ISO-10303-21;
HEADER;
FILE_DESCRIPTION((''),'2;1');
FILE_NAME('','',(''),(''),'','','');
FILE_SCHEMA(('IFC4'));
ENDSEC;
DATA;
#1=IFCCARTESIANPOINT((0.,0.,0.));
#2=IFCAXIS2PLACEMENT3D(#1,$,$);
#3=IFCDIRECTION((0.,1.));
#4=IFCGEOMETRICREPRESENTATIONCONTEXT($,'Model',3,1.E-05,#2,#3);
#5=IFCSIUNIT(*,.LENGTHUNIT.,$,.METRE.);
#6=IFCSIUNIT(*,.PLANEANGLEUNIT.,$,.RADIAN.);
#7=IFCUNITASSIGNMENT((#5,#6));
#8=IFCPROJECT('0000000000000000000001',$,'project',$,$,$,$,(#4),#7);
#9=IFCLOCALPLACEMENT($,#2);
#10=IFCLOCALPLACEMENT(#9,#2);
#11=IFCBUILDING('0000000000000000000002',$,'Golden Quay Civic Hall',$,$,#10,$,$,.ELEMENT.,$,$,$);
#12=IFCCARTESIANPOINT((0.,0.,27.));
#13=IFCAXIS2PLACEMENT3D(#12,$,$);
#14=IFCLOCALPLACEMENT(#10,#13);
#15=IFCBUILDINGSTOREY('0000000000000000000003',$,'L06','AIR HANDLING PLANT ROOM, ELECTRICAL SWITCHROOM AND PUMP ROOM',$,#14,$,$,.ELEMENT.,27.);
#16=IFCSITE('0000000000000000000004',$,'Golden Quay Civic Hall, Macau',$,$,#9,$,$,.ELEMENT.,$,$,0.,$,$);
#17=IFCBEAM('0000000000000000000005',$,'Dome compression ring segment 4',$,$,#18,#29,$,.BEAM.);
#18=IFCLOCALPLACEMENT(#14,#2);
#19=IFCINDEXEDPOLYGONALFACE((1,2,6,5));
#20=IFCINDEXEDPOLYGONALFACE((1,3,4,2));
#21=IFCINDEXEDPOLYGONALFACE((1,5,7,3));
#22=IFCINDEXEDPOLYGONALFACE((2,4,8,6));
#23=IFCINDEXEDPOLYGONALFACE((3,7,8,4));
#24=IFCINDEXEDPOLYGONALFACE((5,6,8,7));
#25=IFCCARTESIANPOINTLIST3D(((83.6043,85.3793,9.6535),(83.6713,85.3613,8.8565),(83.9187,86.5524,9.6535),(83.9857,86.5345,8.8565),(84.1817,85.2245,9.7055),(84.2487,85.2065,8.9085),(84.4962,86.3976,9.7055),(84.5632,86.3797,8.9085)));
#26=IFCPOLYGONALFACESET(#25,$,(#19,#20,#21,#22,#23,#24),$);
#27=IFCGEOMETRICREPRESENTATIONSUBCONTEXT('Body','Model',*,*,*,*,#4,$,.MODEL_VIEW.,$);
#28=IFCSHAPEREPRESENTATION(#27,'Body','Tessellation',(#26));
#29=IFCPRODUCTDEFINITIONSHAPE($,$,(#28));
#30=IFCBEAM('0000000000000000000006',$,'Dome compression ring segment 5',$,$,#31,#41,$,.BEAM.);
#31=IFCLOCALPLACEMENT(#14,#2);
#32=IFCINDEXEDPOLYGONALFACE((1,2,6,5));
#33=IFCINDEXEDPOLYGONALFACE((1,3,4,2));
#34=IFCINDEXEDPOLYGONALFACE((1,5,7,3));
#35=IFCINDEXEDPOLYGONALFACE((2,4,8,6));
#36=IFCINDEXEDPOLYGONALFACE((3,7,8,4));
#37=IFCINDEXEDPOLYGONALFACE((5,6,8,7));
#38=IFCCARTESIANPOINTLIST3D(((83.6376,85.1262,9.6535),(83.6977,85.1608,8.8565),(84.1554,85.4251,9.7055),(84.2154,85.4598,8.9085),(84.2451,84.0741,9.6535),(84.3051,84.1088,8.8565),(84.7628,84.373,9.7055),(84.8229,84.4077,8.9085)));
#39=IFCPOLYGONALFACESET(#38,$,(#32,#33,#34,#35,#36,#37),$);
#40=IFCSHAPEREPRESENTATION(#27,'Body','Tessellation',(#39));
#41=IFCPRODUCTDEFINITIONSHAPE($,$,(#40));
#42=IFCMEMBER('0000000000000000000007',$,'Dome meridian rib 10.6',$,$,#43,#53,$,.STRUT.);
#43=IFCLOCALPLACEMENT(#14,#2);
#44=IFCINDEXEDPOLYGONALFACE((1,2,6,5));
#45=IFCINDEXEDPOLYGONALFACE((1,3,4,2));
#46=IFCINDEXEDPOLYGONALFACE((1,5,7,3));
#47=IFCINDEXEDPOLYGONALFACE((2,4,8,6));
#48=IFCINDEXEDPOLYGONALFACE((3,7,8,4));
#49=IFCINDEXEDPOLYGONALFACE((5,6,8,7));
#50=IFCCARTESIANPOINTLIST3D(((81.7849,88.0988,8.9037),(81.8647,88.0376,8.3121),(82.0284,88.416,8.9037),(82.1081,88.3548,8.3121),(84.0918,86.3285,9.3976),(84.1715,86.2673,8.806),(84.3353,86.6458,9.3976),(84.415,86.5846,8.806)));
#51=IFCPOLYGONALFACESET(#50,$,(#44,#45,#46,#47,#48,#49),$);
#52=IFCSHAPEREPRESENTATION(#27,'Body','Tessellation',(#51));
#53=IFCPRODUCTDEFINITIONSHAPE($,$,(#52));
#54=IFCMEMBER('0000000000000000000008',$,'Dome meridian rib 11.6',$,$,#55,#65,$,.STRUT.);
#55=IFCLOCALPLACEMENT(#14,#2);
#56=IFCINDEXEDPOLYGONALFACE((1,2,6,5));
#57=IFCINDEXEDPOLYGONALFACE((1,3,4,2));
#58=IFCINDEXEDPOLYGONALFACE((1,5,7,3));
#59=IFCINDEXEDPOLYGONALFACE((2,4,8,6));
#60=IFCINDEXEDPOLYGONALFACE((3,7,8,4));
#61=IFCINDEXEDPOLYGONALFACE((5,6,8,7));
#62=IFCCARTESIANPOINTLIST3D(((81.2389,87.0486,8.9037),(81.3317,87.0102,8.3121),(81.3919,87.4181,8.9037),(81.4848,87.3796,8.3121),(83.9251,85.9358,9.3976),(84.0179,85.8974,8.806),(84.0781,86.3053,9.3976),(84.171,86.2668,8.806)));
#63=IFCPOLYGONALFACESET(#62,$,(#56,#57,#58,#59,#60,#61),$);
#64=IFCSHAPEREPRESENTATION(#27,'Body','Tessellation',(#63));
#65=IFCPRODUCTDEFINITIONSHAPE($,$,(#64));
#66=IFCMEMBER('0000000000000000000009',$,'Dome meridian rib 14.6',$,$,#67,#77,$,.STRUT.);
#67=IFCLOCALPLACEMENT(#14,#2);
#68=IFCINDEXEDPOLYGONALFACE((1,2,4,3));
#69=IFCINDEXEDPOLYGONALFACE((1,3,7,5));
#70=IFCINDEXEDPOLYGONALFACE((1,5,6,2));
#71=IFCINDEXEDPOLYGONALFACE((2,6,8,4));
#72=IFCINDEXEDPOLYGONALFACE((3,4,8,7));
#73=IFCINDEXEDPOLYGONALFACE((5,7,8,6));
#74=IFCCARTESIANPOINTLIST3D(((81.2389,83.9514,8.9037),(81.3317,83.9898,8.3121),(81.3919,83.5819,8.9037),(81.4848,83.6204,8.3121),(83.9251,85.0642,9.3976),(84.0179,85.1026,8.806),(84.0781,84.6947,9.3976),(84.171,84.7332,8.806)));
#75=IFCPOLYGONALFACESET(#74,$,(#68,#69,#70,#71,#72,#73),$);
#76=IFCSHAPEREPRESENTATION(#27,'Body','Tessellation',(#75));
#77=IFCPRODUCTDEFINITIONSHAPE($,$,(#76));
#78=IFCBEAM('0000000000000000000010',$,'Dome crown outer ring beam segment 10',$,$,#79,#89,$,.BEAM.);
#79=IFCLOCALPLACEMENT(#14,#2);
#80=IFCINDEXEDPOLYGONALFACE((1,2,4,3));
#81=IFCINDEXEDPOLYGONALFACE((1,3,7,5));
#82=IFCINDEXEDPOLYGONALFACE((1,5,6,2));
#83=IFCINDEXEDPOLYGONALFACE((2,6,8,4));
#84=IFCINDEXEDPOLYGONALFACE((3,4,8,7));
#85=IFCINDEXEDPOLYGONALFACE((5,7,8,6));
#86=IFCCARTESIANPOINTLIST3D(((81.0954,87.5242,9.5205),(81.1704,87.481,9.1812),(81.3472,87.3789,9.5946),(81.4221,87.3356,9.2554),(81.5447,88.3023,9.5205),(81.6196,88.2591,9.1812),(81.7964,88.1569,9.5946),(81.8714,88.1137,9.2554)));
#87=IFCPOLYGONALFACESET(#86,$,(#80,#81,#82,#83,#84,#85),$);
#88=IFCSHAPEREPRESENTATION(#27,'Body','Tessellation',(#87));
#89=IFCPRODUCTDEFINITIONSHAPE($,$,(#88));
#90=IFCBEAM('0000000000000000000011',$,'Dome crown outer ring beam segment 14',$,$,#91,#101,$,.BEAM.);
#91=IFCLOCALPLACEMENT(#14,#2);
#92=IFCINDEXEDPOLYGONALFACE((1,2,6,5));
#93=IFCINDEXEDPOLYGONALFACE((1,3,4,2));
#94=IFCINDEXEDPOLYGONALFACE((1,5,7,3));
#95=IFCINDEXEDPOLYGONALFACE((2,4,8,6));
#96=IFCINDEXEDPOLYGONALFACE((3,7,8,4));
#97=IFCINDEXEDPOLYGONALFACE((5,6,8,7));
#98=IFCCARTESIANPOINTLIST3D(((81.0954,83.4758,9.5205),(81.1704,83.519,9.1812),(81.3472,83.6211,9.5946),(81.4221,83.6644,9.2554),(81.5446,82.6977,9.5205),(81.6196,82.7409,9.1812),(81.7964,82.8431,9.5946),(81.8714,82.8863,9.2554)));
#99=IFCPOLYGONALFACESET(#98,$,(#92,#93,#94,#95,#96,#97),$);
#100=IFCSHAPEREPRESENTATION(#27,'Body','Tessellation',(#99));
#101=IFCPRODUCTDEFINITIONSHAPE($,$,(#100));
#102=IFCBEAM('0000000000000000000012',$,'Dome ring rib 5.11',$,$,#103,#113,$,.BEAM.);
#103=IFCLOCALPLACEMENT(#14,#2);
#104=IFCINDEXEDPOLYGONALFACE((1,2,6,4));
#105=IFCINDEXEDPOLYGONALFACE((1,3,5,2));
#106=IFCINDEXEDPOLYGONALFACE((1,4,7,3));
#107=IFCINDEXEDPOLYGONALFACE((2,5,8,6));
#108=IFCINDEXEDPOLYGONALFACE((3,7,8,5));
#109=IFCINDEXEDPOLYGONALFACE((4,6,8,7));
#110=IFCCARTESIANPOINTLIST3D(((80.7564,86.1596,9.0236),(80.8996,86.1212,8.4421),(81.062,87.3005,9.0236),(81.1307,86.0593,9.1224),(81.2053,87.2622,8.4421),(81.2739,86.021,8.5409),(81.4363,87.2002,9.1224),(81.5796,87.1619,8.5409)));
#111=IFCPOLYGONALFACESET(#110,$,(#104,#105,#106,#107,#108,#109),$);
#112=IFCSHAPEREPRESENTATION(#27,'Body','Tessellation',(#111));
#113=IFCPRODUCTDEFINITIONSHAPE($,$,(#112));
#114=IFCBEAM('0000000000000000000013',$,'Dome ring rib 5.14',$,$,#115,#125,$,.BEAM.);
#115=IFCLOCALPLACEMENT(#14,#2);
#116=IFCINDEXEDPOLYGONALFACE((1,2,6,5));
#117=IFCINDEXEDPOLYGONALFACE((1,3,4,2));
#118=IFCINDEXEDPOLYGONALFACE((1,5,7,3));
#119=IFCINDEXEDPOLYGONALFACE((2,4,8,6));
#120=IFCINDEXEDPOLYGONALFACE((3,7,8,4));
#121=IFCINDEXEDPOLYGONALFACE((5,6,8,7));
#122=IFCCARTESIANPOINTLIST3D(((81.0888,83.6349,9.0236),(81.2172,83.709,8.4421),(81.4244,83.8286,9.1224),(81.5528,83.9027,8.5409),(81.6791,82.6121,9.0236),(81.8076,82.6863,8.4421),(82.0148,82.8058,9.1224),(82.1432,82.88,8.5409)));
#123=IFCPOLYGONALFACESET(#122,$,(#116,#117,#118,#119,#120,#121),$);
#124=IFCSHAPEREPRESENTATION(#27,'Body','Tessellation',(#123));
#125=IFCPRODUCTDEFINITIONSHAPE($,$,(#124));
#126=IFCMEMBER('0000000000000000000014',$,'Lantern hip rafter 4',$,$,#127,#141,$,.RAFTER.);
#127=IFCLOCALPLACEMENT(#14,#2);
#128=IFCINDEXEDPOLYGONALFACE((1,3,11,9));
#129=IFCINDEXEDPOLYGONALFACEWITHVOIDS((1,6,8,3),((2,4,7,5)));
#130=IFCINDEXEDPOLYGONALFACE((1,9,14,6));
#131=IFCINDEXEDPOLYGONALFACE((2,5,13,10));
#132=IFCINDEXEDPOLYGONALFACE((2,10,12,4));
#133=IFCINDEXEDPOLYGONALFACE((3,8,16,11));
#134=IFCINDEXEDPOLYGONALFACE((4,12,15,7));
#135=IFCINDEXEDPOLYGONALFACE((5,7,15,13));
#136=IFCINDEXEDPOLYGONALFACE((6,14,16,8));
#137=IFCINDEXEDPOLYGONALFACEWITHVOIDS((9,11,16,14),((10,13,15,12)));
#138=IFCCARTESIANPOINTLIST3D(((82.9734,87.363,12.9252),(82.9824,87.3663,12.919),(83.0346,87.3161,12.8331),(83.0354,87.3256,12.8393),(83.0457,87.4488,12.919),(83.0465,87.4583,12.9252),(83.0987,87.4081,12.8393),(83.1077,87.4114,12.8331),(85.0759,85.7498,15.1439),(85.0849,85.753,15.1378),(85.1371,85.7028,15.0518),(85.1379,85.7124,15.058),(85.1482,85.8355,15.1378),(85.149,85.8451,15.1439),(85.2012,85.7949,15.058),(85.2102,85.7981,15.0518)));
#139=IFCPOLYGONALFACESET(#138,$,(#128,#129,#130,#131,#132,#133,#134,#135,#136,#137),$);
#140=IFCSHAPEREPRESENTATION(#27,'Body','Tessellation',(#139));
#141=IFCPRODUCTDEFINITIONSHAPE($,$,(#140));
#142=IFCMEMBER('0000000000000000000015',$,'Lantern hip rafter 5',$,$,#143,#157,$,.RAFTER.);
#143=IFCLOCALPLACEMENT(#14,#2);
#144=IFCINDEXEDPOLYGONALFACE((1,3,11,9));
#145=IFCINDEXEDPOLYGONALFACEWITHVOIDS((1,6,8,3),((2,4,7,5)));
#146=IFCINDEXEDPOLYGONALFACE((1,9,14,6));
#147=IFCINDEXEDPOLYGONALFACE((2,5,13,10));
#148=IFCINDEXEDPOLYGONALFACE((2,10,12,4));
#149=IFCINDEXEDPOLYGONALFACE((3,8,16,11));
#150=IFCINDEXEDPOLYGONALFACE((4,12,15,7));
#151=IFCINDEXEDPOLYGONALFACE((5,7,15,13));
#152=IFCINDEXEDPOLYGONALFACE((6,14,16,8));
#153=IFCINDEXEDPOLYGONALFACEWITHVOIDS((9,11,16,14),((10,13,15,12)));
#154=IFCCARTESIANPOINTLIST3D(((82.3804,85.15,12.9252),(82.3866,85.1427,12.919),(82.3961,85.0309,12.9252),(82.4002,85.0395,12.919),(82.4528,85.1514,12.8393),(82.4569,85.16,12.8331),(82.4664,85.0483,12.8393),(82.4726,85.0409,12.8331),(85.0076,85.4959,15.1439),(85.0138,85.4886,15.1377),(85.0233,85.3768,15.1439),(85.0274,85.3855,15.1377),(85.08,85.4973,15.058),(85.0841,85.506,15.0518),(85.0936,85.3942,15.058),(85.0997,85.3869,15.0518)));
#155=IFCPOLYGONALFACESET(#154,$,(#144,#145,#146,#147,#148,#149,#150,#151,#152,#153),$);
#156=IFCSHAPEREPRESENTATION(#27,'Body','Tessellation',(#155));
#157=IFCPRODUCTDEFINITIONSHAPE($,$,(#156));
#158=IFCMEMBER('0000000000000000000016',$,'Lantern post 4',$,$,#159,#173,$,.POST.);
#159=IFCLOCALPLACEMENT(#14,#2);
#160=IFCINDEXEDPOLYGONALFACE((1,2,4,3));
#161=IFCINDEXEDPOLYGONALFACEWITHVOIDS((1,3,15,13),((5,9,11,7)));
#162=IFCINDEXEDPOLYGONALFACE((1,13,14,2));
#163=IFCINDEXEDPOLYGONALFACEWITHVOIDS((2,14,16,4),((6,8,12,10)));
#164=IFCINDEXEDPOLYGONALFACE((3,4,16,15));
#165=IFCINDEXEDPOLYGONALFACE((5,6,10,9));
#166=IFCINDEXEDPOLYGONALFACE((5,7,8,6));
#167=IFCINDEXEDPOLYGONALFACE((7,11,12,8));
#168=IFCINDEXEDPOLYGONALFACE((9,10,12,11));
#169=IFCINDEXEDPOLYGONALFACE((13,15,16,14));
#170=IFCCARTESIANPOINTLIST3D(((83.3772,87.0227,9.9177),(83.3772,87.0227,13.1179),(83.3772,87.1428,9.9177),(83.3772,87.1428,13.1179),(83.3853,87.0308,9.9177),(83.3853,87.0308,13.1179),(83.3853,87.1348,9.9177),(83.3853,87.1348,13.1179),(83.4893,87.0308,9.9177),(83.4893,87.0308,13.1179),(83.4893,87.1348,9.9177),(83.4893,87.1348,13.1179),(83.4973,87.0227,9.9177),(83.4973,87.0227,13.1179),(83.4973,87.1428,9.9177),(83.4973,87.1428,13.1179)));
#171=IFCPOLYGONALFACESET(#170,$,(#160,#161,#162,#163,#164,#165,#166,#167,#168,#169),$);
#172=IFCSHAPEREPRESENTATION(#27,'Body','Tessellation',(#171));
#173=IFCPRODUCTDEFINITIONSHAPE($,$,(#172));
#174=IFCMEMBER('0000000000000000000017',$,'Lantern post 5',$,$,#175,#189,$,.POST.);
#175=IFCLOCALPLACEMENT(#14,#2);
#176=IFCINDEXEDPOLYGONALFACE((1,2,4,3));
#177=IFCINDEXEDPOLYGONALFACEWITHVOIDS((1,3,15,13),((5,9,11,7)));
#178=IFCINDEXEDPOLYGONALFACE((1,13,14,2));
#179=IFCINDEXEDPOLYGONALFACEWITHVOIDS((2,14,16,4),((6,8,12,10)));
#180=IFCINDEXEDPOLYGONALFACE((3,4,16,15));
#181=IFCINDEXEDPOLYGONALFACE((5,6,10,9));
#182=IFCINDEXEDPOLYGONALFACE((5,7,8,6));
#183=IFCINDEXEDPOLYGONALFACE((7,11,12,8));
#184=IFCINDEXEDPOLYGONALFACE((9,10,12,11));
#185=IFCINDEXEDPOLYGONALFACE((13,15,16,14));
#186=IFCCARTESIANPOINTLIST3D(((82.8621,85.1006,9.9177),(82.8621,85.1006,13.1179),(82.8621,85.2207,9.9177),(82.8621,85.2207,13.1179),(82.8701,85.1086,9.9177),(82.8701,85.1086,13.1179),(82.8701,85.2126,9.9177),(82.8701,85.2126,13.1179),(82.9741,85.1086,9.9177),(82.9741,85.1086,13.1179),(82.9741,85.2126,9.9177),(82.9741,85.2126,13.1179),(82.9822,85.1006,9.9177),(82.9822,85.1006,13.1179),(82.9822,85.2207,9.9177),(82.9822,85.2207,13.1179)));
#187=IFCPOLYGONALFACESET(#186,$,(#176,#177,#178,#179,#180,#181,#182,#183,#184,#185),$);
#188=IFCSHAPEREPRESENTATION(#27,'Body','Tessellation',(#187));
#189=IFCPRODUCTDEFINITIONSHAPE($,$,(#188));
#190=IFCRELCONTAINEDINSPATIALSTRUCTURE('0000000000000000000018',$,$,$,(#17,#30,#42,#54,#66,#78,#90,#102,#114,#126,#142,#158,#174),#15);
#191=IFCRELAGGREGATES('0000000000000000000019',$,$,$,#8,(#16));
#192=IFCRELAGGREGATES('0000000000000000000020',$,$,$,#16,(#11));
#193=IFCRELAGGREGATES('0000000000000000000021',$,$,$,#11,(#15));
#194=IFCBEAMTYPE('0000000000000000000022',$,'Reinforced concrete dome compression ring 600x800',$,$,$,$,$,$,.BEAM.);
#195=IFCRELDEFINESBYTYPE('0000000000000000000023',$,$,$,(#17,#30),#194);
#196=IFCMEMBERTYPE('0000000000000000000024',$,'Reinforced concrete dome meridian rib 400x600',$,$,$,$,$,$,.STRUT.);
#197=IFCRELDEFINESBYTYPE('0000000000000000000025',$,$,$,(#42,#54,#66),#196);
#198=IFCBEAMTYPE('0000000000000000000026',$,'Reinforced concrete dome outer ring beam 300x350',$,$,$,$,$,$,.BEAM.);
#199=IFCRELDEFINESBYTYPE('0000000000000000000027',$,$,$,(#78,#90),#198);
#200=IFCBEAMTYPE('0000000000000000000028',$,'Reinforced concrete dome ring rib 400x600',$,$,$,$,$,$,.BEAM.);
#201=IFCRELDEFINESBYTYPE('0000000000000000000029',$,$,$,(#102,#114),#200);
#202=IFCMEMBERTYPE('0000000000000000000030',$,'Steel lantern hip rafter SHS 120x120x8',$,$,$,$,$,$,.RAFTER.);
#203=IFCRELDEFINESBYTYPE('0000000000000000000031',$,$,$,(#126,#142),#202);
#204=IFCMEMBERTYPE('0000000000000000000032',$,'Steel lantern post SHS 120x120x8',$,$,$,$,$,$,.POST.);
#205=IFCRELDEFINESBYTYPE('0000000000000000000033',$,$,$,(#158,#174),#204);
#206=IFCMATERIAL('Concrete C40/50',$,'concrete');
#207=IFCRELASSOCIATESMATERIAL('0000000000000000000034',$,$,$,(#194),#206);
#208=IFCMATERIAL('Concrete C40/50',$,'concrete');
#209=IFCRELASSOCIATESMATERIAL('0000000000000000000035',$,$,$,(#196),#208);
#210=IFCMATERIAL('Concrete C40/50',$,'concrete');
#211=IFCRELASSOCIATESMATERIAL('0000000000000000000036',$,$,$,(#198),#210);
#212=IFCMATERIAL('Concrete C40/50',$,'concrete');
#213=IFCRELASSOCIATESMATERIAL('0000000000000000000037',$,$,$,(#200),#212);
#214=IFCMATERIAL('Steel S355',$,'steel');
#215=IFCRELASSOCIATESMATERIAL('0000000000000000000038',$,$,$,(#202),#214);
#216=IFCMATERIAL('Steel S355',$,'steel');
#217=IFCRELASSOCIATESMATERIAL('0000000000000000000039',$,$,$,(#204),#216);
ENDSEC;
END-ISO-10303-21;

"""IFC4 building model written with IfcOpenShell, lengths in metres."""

from ifc_helpers import new_model, si_unit, direction, frame, origin, origin_2d, place, context, subcontext, project, spatial, rectangle, hollow_rectangle, extrude, material, material_profile, profile_set, type_object, element, save


model = new_model("IFC4")

# Units and contexts
model_context = context("Model", 3, precision=1e-05, world=origin(), true_north=direction((0.0, 1.0)))
body_context = subcontext(model_context, "Body", "Model", "MODEL_VIEW")
ifc_project = project(units=[si_unit("LENGTHUNIT", "METRE"), si_unit("PLANEANGLEUNIT", "RADIAN")], contexts=[model_context])

# Site, building, storey
site_placement = place(None, origin())
site = spatial("IfcSite", under=ifc_project, at=site_placement, Name="Golden Quay Civic Hall, Macau", CompositionType="ELEMENT", RefElevation=0.0)
building_placement = place(site_placement, origin())
building = spatial("IfcBuilding", under=site, at=building_placement, Name="Golden Quay Civic Hall", CompositionType="ELEMENT")
storey_placement = place(building_placement, frame((0.0, 0.0, 27.0)))
storey = spatial("IfcBuildingStorey", under=building, at=storey_placement, Name="L06", Description="AIR HANDLING PLANT ROOM, ELECTRICAL SWITCHROOM AND PUMP ROOM", CompositionType="ELEMENT", Elevation=27.0)

# Beams
ifc_material_1 = material(Name="Concrete C40/50", Category="concrete")
ifc_material_profile_1 = material_profile(ifc_material_1, rectangle(XDim=0.6001, YDim=0.8, at=origin_2d()), Name="RC 600x800")
ifc_profile_set_1 = profile_set([ifc_material_profile_1], Name="Concrete C40/50")
beam_type_1 = type_object("IfcBeamType", Name="Reinforced concrete dome compression ring 600x800", PredefinedType="BEAM", material=ifc_profile_set_1)
beam_1_placement = place(storey_placement, frame((84.241, 86.4661, 9.281), z_axis=(-0.258914, -0.9659, 0.0), x_axis=(0.962265, -0.257939, 0.086686)))
element("IfcBeam", 1, at=beam_1_placement, inside=storey, type_object=beam_type_1, Name="Dome compression ring segment 4", PredefinedType="BEAM", context=body_context, shape_type="SweptSolid", body=[
    extrude(rectangle(XDim=0.6001, YDim=0.8, at=origin_2d()), origin(), (0.0, 0.0, 1.0), 1.2146),
])
beam_2_placement = place(storey_placement, frame((83.9265, 85.293, 9.281), z_axis=(0.50003, -0.866008, 0.0), x_axis=(0.862748, 0.498148, 0.086686)))
element("IfcBeam", 2, at=beam_2_placement, inside=storey, type_object=beam_type_1, Name="Dome compression ring segment 5", PredefinedType="BEAM", context=body_context, shape_type="SweptSolid", body=[
    extrude(rectangle(XDim=0.6001, YDim=0.8, at=origin_2d()), origin(), (0.0, 0.0, 1.0), 1.2148),
])

# Members
ifc_material_2 = material(Name="Concrete C40/50", Category="concrete")
ifc_material_profile_2 = material_profile(ifc_material_2, rectangle(XDim=0.3999, YDim=0.6001, at=origin_2d()), Name="RC 400x600")
ifc_profile_set_2 = profile_set([ifc_material_profile_2], Name="Concrete C40/50")
member_type_1 = type_object("IfcMemberType", Name="Reinforced concrete dome meridian rib 400x600", PredefinedType="STRUT", material=ifc_profile_set_2)
member_1_placement = place(storey_placement, frame((81.9465, 88.2268, 8.6079), z_axis=(0.78213, -0.600193, 0.167452), x_axis=(0.608789, 0.793332, 0.0)))
element("IfcMember", 3, at=member_1_placement, inside=storey, type_object=member_type_1, Name="Dome meridian rib 10.6", PredefinedType="STRUT", context=body_context, shape_type="SweptSolid", body=[
    extrude(rectangle(XDim=0.3999, YDim=0.6001, at=origin_2d()), origin(), (0.0, 0.0, 1.0), 2.9495),
])
for number, where, z_axis, x_axis, name in (
    (4, (81.3618, 87.2141, 8.6079), (0.910821, -0.377308, 0.167463), (0.382713, 0.923867, 0.0), "Dome meridian rib 11.6"),
    (5, (81.3618, 83.7859, 8.6079), (0.910821, 0.377308, 0.167463), (-0.382713, 0.923867, 0.0), "Dome meridian rib 14.6"),
):
    element("IfcMember", number, at=place(storey_placement, frame(where, z_axis=z_axis, x_axis=x_axis)), inside=storey, type_object=member_type_1, Name=name, PredefinedType="STRUT", context=body_context, shape_type="SweptSolid", body=[
        extrude(rectangle(XDim=0.3999, YDim=0.6001, at=origin_2d()), origin(), (0.0, 0.0, 1.0), 2.9492),
    ])

# Beams
ifc_material_3 = material(Name="Concrete C40/50", Category="concrete")
ifc_material_profile_3 = material_profile(ifc_material_3, rectangle(XDim=0.3, YDim=0.3501, at=origin_2d()), Name="RC 300x350")
ifc_profile_set_3 = profile_set([ifc_material_profile_3], Name="Concrete C40/50")
beam_type_2 = type_object("IfcBeamType", Name="Reinforced concrete dome outer ring beam 300x350", PredefinedType="BEAM", material=ifc_profile_set_3)
for number, where, z_axis, x_axis, name in (
    (6, (81.708, 88.208, 9.3879), (-0.499997, -0.866027, 0.0), (0.839173, -0.484493, 0.247094), "Dome crown outer ring beam segment 10"),
    (7, (81.2588, 83.5701, 9.3879), (0.499997, -0.866027, 0.0), (0.839173, 0.484493, 0.247094), "Dome crown outer ring beam segment 14"),
):
    element("IfcBeam", number, at=place(storey_placement, frame(where, z_axis=z_axis, x_axis=x_axis)), inside=storey, type_object=beam_type_2, Name=name, PredefinedType="BEAM", context=body_context, shape_type="SweptSolid", body=[
        extrude(rectangle(XDim=0.3, YDim=0.3501, at=origin_2d()), origin(), (0.0, 0.0, 1.0), 0.8984),
    ])
ifc_material_4 = material(Name="Concrete C40/50", Category="concrete")
ifc_material_profile_4 = material_profile(ifc_material_4, rectangle(XDim=0.3999, YDim=0.6001, at=origin_2d()), Name="RC 400x600")
ifc_profile_set_4 = profile_set([ifc_material_profile_4], Name="Concrete C40/50")
beam_type_3 = type_object("IfcBeamType", Name="Reinforced concrete dome ring rib 400x600", PredefinedType="BEAM", material=ifc_profile_set_4)
beam_3_placement = place(storey_placement, frame((81.3208, 87.2312, 8.7822), z_axis=(-0.258795, -0.965932, 0.0), x_axis=(0.93598, -0.25077, 0.247094)))
element("IfcBeam", 8, at=beam_3_placement, inside=storey, type_object=beam_type_3, Name="Dome ring rib 5.11", PredefinedType="BEAM", context=body_context, shape_type="SweptSolid", body=[
    extrude(rectangle(XDim=0.3999, YDim=0.6001, at=origin_2d()), origin(), (0.0, 0.0, 1.0), 1.1812),
])
beam_4_placement = place(storey_placement, frame((81.3208, 83.7688, 8.7822), z_axis=(0.499919, -0.866072, 0.0), x_axis=(0.839216, 0.484418, 0.247094)))
element("IfcBeam", 9, at=beam_4_placement, inside=storey, type_object=beam_type_3, Name="Dome ring rib 5.14", PredefinedType="BEAM", context=body_context, shape_type="SweptSolid", body=[
    extrude(rectangle(XDim=0.3999, YDim=0.6001, at=origin_2d()), origin(), (0.0, 0.0, 1.0), 1.1809),
])

# Members
ifc_material_5 = material(Name="Steel S355", Category="steel")
ifc_material_profile_5 = material_profile(ifc_material_5, hollow_rectangle(XDim=0.1201, YDim=0.1201, WallThickness=0.0081, at=origin_2d()), Name="SHS 120x120x8")
ifc_profile_set_5 = profile_set([ifc_material_profile_5], Name="Steel S355")
member_type_2 = type_object("IfcMemberType", Name="Steel lantern hip rafter SHS 120x120x8", PredefinedType="RAFTER", material=ifc_profile_set_5)
member_2_placement = place(storey_placement, frame((83.0405, 87.3872, 12.8792), z_axis=(0.608316, -0.466762, 0.641939), x_axis=(0.608749, 0.793363, 0.0)))
element("IfcMember", 10, at=member_2_placement, inside=storey, type_object=member_type_2, Name="Lantern hip rafter 4", PredefinedType="RAFTER", context=body_context, shape_type="SweptSolid", body=[
    extrude(hollow_rectangle(XDim=0.1201, YDim=0.1201, WallThickness=0.0081, at=origin_2d()), origin(), (0.0, 0.0, 1.0), 3.4563),
])
member_3_placement = place(storey_placement, frame((82.4265, 85.0955, 12.8792), z_axis=(0.76016, 0.100097, 0.641979), x_axis=(-0.130552, 0.991441, 0.0)))
element("IfcMember", 11, at=member_3_placement, inside=storey, type_object=member_type_2, Name="Lantern hip rafter 5", PredefinedType="RAFTER", context=body_context, shape_type="SweptSolid", body=[
    extrude(hollow_rectangle(XDim=0.1201, YDim=0.1201, WallThickness=0.0081, at=origin_2d()), origin(), (0.0, 0.0, 1.0), 3.4561),
])
ifc_material_6 = material(Name="Steel S355", Category="steel")
ifc_material_profile_6 = material_profile(ifc_material_6, hollow_rectangle(XDim=0.1201, YDim=0.1201, WallThickness=0.0081, at=origin_2d()), Name="SHS 120x120x8")
ifc_profile_set_6 = profile_set([ifc_material_profile_6], Name="Steel S355")
member_type_3 = type_object("IfcMemberType", Name="Steel lantern post SHS 120x120x8", PredefinedType="POST", material=ifc_profile_set_6)
for number, where, z_axis, x_axis, name in (
    (12, (83.4373, 87.0828, 9.9177), (0.0, 0.0, 1.0), (1.0, 0.0, 0.0), "Lantern post 4"),
    (13, (82.9221, 85.1606, 9.9177), (0.0, 0.0, 1.0), (1.0, 0.0, 0.0), "Lantern post 5"),
):
    element("IfcMember", number, at=place(storey_placement, frame(where, z_axis=z_axis, x_axis=x_axis)), inside=storey, type_object=member_type_3, Name=name, PredefinedType="POST", context=body_context, shape_type="SweptSolid", body=[
        extrude(hollow_rectangle(XDim=0.1201, YDim=0.1201, WallThickness=0.0081, at=origin_2d()), origin(), (0.0, 0.0, 1.0), 3.2002),
    ])

save(model, "model.ifc")
